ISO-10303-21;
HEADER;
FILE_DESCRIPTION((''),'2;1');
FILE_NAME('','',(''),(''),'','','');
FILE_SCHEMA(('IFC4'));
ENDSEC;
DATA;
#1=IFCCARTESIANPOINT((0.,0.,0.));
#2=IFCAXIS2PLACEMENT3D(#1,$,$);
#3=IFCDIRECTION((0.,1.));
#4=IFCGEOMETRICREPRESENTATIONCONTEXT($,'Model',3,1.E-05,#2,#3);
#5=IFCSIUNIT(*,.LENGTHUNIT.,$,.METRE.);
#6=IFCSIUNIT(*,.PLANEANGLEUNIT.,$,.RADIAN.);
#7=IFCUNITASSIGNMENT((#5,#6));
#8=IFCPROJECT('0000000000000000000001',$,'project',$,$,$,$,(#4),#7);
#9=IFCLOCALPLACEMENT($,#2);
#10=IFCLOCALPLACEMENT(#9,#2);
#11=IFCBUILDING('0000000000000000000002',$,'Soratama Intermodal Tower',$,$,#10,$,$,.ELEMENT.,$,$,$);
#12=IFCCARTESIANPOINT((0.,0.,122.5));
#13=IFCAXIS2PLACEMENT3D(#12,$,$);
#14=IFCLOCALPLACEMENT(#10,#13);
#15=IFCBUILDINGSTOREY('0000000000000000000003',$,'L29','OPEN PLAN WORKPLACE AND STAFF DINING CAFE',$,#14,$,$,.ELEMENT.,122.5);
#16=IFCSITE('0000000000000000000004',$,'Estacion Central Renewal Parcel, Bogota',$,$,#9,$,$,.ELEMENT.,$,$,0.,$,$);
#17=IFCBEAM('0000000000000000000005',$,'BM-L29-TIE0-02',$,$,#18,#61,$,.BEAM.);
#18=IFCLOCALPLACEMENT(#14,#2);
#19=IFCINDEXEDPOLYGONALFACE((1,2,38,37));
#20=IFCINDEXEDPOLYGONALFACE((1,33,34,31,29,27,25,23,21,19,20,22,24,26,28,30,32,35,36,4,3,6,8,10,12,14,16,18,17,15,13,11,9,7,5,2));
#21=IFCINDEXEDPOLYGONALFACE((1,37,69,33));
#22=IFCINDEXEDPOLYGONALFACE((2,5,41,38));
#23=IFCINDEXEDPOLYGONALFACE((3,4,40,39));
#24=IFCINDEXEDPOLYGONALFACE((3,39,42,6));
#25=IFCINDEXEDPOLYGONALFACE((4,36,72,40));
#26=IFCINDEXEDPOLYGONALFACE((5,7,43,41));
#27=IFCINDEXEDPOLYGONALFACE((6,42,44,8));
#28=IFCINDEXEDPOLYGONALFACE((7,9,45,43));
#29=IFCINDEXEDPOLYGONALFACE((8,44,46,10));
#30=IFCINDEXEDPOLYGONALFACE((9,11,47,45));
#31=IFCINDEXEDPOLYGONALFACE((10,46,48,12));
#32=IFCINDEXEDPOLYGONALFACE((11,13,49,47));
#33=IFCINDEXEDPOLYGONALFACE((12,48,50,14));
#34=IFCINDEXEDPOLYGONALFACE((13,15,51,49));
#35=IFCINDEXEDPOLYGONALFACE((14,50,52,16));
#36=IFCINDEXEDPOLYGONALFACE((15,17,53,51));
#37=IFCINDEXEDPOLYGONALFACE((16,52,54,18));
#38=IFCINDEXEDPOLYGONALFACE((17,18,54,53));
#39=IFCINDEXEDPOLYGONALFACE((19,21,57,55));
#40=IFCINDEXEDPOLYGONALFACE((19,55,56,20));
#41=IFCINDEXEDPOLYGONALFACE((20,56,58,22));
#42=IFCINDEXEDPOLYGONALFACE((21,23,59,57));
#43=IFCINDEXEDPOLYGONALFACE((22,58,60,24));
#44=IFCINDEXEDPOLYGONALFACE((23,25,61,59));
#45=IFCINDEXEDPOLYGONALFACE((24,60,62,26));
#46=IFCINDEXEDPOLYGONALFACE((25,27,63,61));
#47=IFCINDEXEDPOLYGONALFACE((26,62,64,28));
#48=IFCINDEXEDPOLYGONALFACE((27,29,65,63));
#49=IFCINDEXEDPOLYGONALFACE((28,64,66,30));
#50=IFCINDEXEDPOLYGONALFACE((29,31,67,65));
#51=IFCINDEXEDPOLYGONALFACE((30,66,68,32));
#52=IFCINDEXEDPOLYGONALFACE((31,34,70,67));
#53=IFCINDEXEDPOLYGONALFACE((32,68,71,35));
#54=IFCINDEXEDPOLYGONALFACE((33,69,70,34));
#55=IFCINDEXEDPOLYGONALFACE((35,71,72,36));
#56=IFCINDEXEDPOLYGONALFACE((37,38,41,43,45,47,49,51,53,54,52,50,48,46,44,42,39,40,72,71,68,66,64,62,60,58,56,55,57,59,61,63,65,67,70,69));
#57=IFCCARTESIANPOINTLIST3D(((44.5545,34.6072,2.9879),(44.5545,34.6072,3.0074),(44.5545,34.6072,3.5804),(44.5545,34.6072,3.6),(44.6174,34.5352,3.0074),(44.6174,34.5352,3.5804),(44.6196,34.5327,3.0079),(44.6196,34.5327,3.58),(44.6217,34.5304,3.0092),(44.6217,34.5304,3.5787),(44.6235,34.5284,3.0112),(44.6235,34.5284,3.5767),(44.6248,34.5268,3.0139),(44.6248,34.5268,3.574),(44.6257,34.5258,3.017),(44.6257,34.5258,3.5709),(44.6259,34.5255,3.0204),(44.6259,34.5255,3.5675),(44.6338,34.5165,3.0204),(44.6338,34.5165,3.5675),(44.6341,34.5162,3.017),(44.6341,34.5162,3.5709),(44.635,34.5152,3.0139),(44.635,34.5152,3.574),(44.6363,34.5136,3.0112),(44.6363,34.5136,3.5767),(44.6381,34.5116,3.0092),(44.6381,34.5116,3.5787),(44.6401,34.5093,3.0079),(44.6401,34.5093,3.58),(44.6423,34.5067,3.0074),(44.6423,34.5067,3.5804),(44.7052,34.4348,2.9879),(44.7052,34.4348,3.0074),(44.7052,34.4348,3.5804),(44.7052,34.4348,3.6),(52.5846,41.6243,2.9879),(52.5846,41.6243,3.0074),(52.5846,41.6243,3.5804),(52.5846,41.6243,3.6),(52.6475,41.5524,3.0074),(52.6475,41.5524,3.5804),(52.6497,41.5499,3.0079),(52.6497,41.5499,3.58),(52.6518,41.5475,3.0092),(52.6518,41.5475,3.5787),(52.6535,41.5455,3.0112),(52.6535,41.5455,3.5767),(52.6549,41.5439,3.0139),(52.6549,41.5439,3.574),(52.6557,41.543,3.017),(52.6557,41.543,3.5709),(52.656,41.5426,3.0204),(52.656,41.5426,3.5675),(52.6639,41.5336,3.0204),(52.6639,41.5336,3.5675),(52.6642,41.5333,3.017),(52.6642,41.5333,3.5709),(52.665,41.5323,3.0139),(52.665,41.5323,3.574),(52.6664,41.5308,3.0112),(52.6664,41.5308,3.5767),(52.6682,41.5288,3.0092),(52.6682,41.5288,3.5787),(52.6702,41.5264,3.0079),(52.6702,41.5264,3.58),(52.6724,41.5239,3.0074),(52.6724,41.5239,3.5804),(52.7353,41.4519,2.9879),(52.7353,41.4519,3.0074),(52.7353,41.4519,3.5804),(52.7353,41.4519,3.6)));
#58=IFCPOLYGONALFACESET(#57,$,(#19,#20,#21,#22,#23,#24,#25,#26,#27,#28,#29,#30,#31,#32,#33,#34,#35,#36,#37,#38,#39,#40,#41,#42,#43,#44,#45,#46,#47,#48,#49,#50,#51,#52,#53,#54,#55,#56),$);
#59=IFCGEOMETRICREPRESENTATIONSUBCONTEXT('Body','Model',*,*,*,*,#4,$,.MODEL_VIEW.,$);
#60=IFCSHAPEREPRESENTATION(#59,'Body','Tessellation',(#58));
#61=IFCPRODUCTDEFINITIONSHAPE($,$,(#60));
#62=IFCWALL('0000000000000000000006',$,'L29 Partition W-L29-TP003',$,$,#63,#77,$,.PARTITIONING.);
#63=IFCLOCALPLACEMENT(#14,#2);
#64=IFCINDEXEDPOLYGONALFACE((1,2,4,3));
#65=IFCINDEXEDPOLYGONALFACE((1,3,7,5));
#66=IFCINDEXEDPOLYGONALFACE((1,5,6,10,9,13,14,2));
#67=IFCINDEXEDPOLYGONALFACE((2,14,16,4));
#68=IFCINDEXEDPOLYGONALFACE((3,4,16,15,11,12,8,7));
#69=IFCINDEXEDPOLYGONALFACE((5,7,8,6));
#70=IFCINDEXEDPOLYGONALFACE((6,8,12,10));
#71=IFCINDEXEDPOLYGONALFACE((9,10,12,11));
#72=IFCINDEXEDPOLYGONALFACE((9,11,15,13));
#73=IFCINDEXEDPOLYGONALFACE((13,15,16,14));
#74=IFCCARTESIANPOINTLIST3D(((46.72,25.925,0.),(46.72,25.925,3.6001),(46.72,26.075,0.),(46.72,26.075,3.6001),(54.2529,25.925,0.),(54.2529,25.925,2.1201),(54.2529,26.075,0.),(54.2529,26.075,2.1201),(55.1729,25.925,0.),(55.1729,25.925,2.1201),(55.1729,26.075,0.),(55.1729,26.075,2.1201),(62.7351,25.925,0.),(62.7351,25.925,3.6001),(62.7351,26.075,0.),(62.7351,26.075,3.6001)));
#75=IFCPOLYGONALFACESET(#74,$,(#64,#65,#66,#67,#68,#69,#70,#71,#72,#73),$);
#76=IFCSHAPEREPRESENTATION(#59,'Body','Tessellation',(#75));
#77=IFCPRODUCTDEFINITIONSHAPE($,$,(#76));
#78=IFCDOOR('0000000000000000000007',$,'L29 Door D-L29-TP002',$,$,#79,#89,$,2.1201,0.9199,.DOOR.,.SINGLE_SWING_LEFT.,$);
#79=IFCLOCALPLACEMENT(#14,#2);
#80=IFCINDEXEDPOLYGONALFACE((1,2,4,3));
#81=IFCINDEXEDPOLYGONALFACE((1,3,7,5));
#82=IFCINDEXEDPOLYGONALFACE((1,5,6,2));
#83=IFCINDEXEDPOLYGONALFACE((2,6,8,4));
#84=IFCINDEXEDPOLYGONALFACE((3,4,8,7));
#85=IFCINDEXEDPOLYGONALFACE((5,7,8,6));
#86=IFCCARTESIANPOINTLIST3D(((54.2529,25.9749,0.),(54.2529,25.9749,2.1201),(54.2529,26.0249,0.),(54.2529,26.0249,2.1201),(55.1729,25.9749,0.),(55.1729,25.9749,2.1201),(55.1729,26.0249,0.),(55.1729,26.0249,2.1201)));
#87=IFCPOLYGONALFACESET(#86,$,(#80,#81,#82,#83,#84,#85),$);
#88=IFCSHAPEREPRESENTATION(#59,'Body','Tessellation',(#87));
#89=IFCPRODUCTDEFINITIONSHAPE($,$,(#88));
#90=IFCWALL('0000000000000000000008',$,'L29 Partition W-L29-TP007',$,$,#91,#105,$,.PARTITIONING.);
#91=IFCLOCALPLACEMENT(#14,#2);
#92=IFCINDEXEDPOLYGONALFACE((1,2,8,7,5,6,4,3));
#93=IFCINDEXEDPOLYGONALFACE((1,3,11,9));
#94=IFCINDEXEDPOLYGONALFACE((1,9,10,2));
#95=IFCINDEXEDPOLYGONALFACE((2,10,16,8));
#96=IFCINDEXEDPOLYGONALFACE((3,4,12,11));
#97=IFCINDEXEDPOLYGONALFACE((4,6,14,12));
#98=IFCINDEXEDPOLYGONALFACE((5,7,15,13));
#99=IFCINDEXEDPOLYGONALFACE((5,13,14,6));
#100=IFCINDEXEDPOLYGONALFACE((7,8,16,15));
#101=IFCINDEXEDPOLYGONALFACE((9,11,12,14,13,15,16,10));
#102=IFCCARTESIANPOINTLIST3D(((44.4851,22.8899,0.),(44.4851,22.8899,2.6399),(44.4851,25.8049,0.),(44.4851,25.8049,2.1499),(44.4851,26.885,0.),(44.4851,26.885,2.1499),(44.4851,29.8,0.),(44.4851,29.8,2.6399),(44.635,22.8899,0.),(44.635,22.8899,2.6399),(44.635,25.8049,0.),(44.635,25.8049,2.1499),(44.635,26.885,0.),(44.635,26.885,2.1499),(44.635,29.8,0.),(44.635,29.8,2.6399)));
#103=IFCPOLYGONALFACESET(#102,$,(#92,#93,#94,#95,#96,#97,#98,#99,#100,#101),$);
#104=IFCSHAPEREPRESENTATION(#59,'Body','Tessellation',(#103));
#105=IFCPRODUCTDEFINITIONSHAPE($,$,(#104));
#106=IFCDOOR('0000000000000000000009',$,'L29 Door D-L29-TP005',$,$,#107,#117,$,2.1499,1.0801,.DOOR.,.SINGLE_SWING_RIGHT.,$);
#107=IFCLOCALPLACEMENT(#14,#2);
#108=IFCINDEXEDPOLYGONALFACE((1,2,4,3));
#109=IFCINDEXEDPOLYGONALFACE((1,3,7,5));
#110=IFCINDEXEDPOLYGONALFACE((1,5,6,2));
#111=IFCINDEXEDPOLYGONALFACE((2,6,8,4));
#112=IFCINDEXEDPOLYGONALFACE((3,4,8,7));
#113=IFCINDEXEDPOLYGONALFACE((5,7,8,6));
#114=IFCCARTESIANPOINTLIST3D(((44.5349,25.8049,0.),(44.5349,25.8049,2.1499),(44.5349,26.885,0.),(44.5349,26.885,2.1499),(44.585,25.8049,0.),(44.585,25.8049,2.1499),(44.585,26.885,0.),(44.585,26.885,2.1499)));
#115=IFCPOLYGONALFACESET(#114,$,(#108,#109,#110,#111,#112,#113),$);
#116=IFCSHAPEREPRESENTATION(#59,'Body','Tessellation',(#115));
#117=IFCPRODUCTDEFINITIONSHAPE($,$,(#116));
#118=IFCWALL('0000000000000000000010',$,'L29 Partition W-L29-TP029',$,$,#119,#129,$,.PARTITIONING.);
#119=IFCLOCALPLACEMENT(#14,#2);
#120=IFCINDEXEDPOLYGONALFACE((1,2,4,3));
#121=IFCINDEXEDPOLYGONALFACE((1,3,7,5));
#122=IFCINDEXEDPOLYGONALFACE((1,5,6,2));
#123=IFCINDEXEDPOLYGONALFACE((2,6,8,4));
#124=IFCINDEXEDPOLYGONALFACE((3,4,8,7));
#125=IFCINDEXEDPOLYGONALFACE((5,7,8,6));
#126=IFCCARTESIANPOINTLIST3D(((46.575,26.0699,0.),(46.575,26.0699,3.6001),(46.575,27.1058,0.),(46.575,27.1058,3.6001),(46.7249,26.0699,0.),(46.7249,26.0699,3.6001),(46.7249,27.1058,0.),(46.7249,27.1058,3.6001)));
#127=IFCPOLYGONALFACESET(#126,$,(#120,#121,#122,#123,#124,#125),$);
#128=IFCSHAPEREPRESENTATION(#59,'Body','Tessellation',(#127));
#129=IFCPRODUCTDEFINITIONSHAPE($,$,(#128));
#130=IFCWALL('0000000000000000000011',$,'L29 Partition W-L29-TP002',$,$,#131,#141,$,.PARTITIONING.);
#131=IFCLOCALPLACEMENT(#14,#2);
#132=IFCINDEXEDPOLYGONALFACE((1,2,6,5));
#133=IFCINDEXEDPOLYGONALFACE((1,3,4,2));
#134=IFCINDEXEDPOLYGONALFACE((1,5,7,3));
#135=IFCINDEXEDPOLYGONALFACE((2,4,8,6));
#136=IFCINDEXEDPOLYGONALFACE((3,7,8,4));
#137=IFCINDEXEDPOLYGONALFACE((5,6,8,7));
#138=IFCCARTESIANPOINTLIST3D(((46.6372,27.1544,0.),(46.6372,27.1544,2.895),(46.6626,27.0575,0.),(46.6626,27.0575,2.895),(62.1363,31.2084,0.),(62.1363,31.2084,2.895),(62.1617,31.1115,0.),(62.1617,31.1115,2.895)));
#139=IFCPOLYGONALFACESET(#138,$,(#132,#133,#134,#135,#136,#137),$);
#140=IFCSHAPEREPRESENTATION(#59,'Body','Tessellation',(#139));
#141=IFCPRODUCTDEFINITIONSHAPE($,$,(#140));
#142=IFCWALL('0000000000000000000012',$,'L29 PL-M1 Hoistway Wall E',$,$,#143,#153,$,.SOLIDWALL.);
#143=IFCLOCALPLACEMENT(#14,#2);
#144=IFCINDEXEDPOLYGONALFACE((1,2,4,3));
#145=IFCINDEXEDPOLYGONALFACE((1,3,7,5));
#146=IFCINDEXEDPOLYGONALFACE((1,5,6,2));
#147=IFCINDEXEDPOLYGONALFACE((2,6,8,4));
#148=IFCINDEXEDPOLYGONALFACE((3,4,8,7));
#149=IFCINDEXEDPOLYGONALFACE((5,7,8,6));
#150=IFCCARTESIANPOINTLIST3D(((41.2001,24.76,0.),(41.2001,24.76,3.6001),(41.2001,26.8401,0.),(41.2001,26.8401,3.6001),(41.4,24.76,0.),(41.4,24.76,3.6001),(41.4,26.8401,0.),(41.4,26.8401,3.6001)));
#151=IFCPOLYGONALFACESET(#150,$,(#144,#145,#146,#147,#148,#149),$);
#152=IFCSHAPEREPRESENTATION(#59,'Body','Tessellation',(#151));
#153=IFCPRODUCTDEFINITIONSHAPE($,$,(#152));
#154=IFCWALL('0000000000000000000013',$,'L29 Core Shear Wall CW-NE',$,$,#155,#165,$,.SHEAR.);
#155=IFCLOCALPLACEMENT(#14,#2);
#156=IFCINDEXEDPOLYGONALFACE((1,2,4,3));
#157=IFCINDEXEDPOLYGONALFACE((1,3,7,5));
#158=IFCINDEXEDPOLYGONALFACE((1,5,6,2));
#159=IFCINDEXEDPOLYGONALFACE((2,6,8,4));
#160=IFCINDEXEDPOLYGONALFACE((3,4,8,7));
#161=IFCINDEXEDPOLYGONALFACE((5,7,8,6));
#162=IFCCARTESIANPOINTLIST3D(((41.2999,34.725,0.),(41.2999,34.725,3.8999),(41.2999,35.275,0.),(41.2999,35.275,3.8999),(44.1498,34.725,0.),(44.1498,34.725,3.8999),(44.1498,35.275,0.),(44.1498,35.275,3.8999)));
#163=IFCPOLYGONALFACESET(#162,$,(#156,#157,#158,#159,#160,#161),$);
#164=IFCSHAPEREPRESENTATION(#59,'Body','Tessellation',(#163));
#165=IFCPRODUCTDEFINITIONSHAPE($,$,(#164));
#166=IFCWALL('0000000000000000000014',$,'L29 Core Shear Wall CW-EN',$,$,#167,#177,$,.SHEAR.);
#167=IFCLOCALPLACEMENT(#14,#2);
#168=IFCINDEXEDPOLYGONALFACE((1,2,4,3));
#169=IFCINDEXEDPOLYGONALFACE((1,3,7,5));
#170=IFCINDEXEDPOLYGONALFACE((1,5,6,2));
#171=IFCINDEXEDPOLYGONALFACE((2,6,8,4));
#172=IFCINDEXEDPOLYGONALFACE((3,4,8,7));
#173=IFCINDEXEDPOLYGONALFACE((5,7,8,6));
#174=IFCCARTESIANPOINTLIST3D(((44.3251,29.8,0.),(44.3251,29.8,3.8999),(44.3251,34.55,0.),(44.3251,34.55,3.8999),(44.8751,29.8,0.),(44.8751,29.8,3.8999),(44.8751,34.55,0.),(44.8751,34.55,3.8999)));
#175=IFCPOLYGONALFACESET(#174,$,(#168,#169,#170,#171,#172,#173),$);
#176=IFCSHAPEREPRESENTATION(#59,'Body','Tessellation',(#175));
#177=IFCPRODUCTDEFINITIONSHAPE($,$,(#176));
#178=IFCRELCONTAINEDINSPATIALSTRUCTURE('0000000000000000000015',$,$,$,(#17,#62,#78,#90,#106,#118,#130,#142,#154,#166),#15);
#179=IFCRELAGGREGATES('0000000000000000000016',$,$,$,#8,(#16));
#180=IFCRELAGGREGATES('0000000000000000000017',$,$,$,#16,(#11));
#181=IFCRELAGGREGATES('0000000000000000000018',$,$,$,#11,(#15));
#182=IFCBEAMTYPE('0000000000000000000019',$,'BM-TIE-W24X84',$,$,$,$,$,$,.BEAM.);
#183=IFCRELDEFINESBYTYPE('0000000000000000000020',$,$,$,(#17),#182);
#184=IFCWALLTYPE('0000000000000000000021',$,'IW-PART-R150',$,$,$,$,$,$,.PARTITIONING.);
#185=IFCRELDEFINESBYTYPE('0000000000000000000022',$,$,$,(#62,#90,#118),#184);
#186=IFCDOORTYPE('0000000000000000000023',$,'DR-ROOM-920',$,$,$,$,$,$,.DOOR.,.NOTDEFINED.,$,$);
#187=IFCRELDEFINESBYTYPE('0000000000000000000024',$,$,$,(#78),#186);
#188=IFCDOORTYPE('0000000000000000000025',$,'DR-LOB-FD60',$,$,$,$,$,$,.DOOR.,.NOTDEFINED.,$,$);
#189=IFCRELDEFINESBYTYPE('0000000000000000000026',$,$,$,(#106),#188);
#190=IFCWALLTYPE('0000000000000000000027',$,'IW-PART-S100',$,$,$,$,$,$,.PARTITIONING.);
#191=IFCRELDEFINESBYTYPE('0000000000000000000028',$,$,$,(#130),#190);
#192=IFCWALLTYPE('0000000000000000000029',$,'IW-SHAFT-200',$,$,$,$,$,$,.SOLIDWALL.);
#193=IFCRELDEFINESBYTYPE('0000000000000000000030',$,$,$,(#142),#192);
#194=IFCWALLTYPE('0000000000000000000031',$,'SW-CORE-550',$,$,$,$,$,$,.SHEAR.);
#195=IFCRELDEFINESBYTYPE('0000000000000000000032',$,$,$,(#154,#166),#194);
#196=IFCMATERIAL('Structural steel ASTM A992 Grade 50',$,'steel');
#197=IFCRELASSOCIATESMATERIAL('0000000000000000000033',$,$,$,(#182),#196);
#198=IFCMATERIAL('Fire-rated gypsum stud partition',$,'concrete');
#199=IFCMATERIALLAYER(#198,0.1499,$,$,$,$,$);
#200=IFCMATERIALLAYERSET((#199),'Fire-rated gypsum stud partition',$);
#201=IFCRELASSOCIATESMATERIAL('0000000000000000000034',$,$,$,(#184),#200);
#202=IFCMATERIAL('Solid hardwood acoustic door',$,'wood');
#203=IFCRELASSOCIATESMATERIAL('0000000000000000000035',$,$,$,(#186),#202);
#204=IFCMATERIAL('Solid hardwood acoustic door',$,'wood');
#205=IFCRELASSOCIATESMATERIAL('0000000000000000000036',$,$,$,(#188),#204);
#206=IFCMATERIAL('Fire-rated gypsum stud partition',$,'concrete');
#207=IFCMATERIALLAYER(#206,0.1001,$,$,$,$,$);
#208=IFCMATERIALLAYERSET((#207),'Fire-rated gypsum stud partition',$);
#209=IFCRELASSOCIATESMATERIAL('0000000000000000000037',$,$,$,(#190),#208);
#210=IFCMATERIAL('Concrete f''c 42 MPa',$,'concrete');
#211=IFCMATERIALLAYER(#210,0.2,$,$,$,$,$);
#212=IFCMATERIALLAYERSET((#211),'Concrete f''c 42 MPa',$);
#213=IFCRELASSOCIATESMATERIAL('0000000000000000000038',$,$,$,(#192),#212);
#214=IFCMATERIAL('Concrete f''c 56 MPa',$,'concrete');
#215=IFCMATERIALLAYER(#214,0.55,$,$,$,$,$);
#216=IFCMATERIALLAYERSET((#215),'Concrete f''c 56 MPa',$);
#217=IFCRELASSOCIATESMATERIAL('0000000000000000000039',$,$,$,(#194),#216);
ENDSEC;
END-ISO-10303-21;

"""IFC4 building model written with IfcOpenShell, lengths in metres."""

from ifc_helpers import new_model, si_unit, direction, frame, frame_2d, origin, origin_2d, place, context, subcontext, project, spatial, rectangle, i_section, extrude, material, layer, layer_set, material_profile, profile_set, type_object, element, fill, save


model = new_model("IFC4")

# Units and contexts
model_context = context("Model", 3, precision=1e-05, world=origin(), true_north=direction((0.0, 1.0)))
body_context = subcontext(model_context, "Body", "Model", "MODEL_VIEW")
ifc_project = project(units=[si_unit("LENGTHUNIT", "METRE"), si_unit("PLANEANGLEUNIT", "RADIAN")], contexts=[model_context])

# Site, building, storey
site_placement = place(None, origin())
site = spatial("IfcSite", under=ifc_project, at=site_placement, Name="Estacion Central Renewal Parcel, Bogota", CompositionType="ELEMENT", RefElevation=0.0)
building_placement = place(site_placement, origin())
building = spatial("IfcBuilding", under=site, at=building_placement, Name="Soratama Intermodal Tower", CompositionType="ELEMENT")
storey_placement = place(building_placement, frame((0.0, 0.0, 122.5)))
storey = spatial("IfcBuildingStorey", under=building, at=storey_placement, Name="L29", Description="OPEN PLAN WORKPLACE AND STAFF DINING CAFE", CompositionType="ELEMENT", Elevation=122.5)

# Beam
ifc_material_1 = material(Name="Structural steel ASTM A992 Grade 50", Category="steel")
ifc_material_profile_1 = material_profile(ifc_material_1, i_section(OverallWidth=0.229, OverallDepth=0.6121, WebThickness=0.012, FlangeThickness=0.0195, FilletRadius=0.0129, at=origin_2d()), Name="W24X84")
ifc_profile_set_1 = profile_set([ifc_material_profile_1], Name="Structural steel ASTM A992 Grade 50")
beam_type_1 = type_object("IfcBeamType", Name="BM-TIE-W24X84", PredefinedType="BEAM", material=ifc_profile_set_1)
beam_1_placement = place(storey_placement, frame((44.6299, 34.521, 3.2939), z_axis=(0.753003, 0.658017, 0.0), x_axis=(-0.658017, 0.753003, 0.0)))
element("IfcBeam", 1, at=beam_1_placement, inside=storey, type_object=beam_type_1, Name="BM-L29-TIE0-02", PredefinedType="BEAM", context=body_context, shape_type="SweptSolid", body=[
    extrude(i_section(OverallWidth=0.229, OverallDepth=0.6121, WebThickness=0.012, FlangeThickness=0.0195, FilletRadius=0.0129, at=origin_2d()), origin(), (0.0, 0.0, 1.0), 10.6641),
])

# Walls, openings, doors
ifc_material_2 = material(Name="Fire-rated gypsum stud partition", Category="concrete")
ifc_layer_1 = layer(ifc_material_2, 0.1499)
ifc_layer_set_1 = layer_set([ifc_layer_1], Name="Fire-rated gypsum stud partition")
wall_type_1 = type_object("IfcWallType", Name="IW-PART-R150", PredefinedType="PARTITIONING", material=ifc_layer_set_1)
wall_1_placement = place(storey_placement, frame((46.72, 26.0, 0.0), z_axis=(0.0, 0.0, 1.0), x_axis=(1.0, 0.0, 0.0)))
wall_1 = element("IfcWall", 2, at=wall_1_placement, inside=storey, type_object=wall_type_1, Name="L29 Partition W-L29-TP003", PredefinedType="PARTITIONING", context=body_context, shape_type="SweptSolid", body=[
    extrude(rectangle(XDim=16.0151, YDim=0.1499, at=frame_2d((8.0076, 0.0))), origin(), (0.0, 0.0, 1.0), 3.6001),
])
opening_1_placement = place(wall_1_placement, frame((7.533, 0.0, 0.0)))
opening_1 = element("IfcOpeningElement", 3, at=opening_1_placement, cuts=wall_1, PredefinedType="OPENING", context=body_context, shape_type="SweptSolid", body=[
    extrude(rectangle(XDim=0.9199, YDim=2.1201, at=frame_2d((0.46, 1.0601))), frame((0.0, 0.085, 0.0), z_axis=(0.0, -1.0, 0.0), x_axis=(1.0, 0.0, 0.0)), (0.0, 0.0, 1.0), 0.1699),
])
ifc_material_3 = material(Name="Solid hardwood acoustic door", Category="wood")
door_type_1 = type_object("IfcDoorType", Name="DR-ROOM-920", OperationType="NOTDEFINED", PredefinedType="DOOR", material=ifc_material_3)
door_1_placement = place(opening_1_placement, origin())
door_1 = element("IfcDoor", 4, at=door_1_placement, inside=storey, type_object=door_type_1, Name="L29 Door D-L29-TP002", OperationType="SINGLE_SWING_LEFT", OverallHeight=2.1201, OverallWidth=0.9199, PredefinedType="DOOR", context=body_context, shape_type="SweptSolid", body=[
    extrude(rectangle(XDim=0.9199, YDim=2.1201, at=frame_2d((0.46, 1.0601))), frame((0.0, 0.0249, 0.0), z_axis=(0.0, -1.0, 0.0), x_axis=(1.0, 0.0, 0.0)), (0.0, 0.0, 1.0), 0.05),
])
fill(opening_1, door_1)
wall_2_placement = place(storey_placement, frame((44.5601, 29.8, 0.0), z_axis=(0.0, 0.0, 1.0), x_axis=(0.0, -1.0, 0.0)))
wall_2 = element("IfcWall", 5, at=wall_2_placement, inside=storey, type_object=wall_type_1, Name="L29 Partition W-L29-TP007", PredefinedType="PARTITIONING", context=body_context, shape_type="SweptSolid", body=[
    extrude(rectangle(XDim=6.9102, YDim=0.1499, at=frame_2d((3.4551, 0.0))), origin(), (0.0, 0.0, 1.0), 2.6399),
])
opening_2_placement = place(wall_2_placement, frame((2.915, 0.0, 0.0)))
opening_2 = element("IfcOpeningElement", 6, at=opening_2_placement, cuts=wall_2, PredefinedType="OPENING", context=body_context, shape_type="SweptSolid", body=[
    extrude(rectangle(XDim=1.0801, YDim=2.1499, at=frame_2d((0.54, 1.075))), frame((0.0, 0.085, 0.0), z_axis=(0.0, -1.0, 0.0), x_axis=(1.0, 0.0, 0.0)), (0.0, 0.0, 1.0), 0.1699),
])
ifc_material_4 = material(Name="Solid hardwood acoustic door", Category="wood")
door_type_2 = type_object("IfcDoorType", Name="DR-LOB-FD60", OperationType="NOTDEFINED", PredefinedType="DOOR", material=ifc_material_4)
door_2_placement = place(opening_2_placement, origin())
door_2 = element("IfcDoor", 7, at=door_2_placement, inside=storey, type_object=door_type_2, Name="L29 Door D-L29-TP005", OperationType="SINGLE_SWING_RIGHT", OverallHeight=2.1499, OverallWidth=1.0801, PredefinedType="DOOR", context=body_context, shape_type="SweptSolid", body=[
    extrude(rectangle(XDim=1.0801, YDim=2.1499, at=frame_2d((0.54, 1.075))), frame((0.0, 0.0249, 0.0), z_axis=(0.0, -1.0, 0.0), x_axis=(1.0, 0.0, 0.0)), (0.0, 0.0, 1.0), 0.05),
])
fill(opening_2, door_2)

# Walls
wall_3_placement = place(storey_placement, frame((46.6499, 27.106, 0.0), z_axis=(0.0, 0.0, 1.0), x_axis=(0.0, -1.0, 0.0)))
element("IfcWall", 8, at=wall_3_placement, inside=storey, type_object=wall_type_1, Name="L29 Partition W-L29-TP029", PredefinedType="PARTITIONING", context=body_context, shape_type="SweptSolid", body=[
    extrude(rectangle(XDim=1.0359, YDim=0.1499, at=frame_2d((0.5181, 0.0))), origin(), (0.0, 0.0, 1.0), 3.6001),
])
ifc_material_5 = material(Name="Fire-rated gypsum stud partition", Category="concrete")
ifc_layer_2 = layer(ifc_material_5, 0.1001)
ifc_layer_set_2 = layer_set([ifc_layer_2], Name="Fire-rated gypsum stud partition")
wall_type_2 = type_object("IfcWallType", Name="IW-PART-S100", PredefinedType="PARTITIONING", material=ifc_layer_set_2)
wall_4_placement = place(storey_placement, frame((46.6499, 27.106, 0.0), z_axis=(0.0, 0.0, 1.0), x_axis=(0.967453, 0.253049, 0.0)))
element("IfcWall", 9, at=wall_4_placement, inside=storey, type_object=wall_type_2, Name="L29 Partition W-L29-TP002", PredefinedType="PARTITIONING", context=body_context, shape_type="SweptSolid", body=[
    extrude(rectangle(XDim=16.0205, YDim=0.1001, at=frame_2d((8.0103, 0.0))), origin(), (0.0, 0.0, 1.0), 2.895),
])
ifc_material_6 = material(Name="Concrete f'c 42 MPa", Category="concrete")
ifc_layer_3 = layer(ifc_material_6, 0.2)
ifc_layer_set_3 = layer_set([ifc_layer_3], Name="Concrete f'c 42 MPa")
wall_type_3 = type_object("IfcWallType", Name="IW-SHAFT-200", PredefinedType="SOLIDWALL", material=ifc_layer_set_3)
wall_5_placement = place(storey_placement, frame((41.3, 24.76, 0.0), z_axis=(0.0, 0.0, 1.0), x_axis=(0.0, 1.0, 0.0)))
element("IfcWall", 10, at=wall_5_placement, inside=storey, type_object=wall_type_3, Name="L29 PL-M1 Hoistway Wall E", PredefinedType="SOLIDWALL", context=body_context, shape_type="SweptSolid", body=[
    extrude(rectangle(XDim=2.0801, YDim=0.2, at=frame_2d((1.04, 0.0))), origin(), (0.0, 0.0, 1.0), 3.6001),
])
ifc_material_7 = material(Name="Concrete f'c 56 MPa", Category="concrete")
ifc_layer_4 = layer(ifc_material_7, 0.55)
ifc_layer_set_4 = layer_set([ifc_layer_4], Name="Concrete f'c 56 MPa")
wall_type_4 = type_object("IfcWallType", Name="SW-CORE-550", PredefinedType="SHEAR", material=ifc_layer_set_4)
wall_6_placement = place(storey_placement, frame((41.3, 35.0, 0.0), z_axis=(0.0, 0.0, 1.0), x_axis=(1.0, 0.0, 0.0)))
element("IfcWall", 11, at=wall_6_placement, inside=storey, type_object=wall_type_4, Name="L29 Core Shear Wall CW-NE", PredefinedType="SHEAR", context=body_context, shape_type="SweptSolid", body=[
    extrude(rectangle(XDim=2.8499, YDim=0.55, at=frame_2d((1.4248, 0.0))), origin(), (0.0, 0.0, 1.0), 3.8999),
])
wall_7_placement = place(storey_placement, frame((44.6001, 29.8, 0.0), z_axis=(0.0, 0.0, 1.0), x_axis=(0.0, 1.0, 0.0)))
element("IfcWall", 12, at=wall_7_placement, inside=storey, type_object=wall_type_4, Name="L29 Core Shear Wall CW-EN", PredefinedType="SHEAR", context=body_context, shape_type="SweptSolid", body=[
    extrude(rectangle(XDim=4.75, YDim=0.55, at=frame_2d((2.375, 0.0))), origin(), (0.0, 0.0, 1.0), 3.8999),
])

save(model, "model.ifc")
